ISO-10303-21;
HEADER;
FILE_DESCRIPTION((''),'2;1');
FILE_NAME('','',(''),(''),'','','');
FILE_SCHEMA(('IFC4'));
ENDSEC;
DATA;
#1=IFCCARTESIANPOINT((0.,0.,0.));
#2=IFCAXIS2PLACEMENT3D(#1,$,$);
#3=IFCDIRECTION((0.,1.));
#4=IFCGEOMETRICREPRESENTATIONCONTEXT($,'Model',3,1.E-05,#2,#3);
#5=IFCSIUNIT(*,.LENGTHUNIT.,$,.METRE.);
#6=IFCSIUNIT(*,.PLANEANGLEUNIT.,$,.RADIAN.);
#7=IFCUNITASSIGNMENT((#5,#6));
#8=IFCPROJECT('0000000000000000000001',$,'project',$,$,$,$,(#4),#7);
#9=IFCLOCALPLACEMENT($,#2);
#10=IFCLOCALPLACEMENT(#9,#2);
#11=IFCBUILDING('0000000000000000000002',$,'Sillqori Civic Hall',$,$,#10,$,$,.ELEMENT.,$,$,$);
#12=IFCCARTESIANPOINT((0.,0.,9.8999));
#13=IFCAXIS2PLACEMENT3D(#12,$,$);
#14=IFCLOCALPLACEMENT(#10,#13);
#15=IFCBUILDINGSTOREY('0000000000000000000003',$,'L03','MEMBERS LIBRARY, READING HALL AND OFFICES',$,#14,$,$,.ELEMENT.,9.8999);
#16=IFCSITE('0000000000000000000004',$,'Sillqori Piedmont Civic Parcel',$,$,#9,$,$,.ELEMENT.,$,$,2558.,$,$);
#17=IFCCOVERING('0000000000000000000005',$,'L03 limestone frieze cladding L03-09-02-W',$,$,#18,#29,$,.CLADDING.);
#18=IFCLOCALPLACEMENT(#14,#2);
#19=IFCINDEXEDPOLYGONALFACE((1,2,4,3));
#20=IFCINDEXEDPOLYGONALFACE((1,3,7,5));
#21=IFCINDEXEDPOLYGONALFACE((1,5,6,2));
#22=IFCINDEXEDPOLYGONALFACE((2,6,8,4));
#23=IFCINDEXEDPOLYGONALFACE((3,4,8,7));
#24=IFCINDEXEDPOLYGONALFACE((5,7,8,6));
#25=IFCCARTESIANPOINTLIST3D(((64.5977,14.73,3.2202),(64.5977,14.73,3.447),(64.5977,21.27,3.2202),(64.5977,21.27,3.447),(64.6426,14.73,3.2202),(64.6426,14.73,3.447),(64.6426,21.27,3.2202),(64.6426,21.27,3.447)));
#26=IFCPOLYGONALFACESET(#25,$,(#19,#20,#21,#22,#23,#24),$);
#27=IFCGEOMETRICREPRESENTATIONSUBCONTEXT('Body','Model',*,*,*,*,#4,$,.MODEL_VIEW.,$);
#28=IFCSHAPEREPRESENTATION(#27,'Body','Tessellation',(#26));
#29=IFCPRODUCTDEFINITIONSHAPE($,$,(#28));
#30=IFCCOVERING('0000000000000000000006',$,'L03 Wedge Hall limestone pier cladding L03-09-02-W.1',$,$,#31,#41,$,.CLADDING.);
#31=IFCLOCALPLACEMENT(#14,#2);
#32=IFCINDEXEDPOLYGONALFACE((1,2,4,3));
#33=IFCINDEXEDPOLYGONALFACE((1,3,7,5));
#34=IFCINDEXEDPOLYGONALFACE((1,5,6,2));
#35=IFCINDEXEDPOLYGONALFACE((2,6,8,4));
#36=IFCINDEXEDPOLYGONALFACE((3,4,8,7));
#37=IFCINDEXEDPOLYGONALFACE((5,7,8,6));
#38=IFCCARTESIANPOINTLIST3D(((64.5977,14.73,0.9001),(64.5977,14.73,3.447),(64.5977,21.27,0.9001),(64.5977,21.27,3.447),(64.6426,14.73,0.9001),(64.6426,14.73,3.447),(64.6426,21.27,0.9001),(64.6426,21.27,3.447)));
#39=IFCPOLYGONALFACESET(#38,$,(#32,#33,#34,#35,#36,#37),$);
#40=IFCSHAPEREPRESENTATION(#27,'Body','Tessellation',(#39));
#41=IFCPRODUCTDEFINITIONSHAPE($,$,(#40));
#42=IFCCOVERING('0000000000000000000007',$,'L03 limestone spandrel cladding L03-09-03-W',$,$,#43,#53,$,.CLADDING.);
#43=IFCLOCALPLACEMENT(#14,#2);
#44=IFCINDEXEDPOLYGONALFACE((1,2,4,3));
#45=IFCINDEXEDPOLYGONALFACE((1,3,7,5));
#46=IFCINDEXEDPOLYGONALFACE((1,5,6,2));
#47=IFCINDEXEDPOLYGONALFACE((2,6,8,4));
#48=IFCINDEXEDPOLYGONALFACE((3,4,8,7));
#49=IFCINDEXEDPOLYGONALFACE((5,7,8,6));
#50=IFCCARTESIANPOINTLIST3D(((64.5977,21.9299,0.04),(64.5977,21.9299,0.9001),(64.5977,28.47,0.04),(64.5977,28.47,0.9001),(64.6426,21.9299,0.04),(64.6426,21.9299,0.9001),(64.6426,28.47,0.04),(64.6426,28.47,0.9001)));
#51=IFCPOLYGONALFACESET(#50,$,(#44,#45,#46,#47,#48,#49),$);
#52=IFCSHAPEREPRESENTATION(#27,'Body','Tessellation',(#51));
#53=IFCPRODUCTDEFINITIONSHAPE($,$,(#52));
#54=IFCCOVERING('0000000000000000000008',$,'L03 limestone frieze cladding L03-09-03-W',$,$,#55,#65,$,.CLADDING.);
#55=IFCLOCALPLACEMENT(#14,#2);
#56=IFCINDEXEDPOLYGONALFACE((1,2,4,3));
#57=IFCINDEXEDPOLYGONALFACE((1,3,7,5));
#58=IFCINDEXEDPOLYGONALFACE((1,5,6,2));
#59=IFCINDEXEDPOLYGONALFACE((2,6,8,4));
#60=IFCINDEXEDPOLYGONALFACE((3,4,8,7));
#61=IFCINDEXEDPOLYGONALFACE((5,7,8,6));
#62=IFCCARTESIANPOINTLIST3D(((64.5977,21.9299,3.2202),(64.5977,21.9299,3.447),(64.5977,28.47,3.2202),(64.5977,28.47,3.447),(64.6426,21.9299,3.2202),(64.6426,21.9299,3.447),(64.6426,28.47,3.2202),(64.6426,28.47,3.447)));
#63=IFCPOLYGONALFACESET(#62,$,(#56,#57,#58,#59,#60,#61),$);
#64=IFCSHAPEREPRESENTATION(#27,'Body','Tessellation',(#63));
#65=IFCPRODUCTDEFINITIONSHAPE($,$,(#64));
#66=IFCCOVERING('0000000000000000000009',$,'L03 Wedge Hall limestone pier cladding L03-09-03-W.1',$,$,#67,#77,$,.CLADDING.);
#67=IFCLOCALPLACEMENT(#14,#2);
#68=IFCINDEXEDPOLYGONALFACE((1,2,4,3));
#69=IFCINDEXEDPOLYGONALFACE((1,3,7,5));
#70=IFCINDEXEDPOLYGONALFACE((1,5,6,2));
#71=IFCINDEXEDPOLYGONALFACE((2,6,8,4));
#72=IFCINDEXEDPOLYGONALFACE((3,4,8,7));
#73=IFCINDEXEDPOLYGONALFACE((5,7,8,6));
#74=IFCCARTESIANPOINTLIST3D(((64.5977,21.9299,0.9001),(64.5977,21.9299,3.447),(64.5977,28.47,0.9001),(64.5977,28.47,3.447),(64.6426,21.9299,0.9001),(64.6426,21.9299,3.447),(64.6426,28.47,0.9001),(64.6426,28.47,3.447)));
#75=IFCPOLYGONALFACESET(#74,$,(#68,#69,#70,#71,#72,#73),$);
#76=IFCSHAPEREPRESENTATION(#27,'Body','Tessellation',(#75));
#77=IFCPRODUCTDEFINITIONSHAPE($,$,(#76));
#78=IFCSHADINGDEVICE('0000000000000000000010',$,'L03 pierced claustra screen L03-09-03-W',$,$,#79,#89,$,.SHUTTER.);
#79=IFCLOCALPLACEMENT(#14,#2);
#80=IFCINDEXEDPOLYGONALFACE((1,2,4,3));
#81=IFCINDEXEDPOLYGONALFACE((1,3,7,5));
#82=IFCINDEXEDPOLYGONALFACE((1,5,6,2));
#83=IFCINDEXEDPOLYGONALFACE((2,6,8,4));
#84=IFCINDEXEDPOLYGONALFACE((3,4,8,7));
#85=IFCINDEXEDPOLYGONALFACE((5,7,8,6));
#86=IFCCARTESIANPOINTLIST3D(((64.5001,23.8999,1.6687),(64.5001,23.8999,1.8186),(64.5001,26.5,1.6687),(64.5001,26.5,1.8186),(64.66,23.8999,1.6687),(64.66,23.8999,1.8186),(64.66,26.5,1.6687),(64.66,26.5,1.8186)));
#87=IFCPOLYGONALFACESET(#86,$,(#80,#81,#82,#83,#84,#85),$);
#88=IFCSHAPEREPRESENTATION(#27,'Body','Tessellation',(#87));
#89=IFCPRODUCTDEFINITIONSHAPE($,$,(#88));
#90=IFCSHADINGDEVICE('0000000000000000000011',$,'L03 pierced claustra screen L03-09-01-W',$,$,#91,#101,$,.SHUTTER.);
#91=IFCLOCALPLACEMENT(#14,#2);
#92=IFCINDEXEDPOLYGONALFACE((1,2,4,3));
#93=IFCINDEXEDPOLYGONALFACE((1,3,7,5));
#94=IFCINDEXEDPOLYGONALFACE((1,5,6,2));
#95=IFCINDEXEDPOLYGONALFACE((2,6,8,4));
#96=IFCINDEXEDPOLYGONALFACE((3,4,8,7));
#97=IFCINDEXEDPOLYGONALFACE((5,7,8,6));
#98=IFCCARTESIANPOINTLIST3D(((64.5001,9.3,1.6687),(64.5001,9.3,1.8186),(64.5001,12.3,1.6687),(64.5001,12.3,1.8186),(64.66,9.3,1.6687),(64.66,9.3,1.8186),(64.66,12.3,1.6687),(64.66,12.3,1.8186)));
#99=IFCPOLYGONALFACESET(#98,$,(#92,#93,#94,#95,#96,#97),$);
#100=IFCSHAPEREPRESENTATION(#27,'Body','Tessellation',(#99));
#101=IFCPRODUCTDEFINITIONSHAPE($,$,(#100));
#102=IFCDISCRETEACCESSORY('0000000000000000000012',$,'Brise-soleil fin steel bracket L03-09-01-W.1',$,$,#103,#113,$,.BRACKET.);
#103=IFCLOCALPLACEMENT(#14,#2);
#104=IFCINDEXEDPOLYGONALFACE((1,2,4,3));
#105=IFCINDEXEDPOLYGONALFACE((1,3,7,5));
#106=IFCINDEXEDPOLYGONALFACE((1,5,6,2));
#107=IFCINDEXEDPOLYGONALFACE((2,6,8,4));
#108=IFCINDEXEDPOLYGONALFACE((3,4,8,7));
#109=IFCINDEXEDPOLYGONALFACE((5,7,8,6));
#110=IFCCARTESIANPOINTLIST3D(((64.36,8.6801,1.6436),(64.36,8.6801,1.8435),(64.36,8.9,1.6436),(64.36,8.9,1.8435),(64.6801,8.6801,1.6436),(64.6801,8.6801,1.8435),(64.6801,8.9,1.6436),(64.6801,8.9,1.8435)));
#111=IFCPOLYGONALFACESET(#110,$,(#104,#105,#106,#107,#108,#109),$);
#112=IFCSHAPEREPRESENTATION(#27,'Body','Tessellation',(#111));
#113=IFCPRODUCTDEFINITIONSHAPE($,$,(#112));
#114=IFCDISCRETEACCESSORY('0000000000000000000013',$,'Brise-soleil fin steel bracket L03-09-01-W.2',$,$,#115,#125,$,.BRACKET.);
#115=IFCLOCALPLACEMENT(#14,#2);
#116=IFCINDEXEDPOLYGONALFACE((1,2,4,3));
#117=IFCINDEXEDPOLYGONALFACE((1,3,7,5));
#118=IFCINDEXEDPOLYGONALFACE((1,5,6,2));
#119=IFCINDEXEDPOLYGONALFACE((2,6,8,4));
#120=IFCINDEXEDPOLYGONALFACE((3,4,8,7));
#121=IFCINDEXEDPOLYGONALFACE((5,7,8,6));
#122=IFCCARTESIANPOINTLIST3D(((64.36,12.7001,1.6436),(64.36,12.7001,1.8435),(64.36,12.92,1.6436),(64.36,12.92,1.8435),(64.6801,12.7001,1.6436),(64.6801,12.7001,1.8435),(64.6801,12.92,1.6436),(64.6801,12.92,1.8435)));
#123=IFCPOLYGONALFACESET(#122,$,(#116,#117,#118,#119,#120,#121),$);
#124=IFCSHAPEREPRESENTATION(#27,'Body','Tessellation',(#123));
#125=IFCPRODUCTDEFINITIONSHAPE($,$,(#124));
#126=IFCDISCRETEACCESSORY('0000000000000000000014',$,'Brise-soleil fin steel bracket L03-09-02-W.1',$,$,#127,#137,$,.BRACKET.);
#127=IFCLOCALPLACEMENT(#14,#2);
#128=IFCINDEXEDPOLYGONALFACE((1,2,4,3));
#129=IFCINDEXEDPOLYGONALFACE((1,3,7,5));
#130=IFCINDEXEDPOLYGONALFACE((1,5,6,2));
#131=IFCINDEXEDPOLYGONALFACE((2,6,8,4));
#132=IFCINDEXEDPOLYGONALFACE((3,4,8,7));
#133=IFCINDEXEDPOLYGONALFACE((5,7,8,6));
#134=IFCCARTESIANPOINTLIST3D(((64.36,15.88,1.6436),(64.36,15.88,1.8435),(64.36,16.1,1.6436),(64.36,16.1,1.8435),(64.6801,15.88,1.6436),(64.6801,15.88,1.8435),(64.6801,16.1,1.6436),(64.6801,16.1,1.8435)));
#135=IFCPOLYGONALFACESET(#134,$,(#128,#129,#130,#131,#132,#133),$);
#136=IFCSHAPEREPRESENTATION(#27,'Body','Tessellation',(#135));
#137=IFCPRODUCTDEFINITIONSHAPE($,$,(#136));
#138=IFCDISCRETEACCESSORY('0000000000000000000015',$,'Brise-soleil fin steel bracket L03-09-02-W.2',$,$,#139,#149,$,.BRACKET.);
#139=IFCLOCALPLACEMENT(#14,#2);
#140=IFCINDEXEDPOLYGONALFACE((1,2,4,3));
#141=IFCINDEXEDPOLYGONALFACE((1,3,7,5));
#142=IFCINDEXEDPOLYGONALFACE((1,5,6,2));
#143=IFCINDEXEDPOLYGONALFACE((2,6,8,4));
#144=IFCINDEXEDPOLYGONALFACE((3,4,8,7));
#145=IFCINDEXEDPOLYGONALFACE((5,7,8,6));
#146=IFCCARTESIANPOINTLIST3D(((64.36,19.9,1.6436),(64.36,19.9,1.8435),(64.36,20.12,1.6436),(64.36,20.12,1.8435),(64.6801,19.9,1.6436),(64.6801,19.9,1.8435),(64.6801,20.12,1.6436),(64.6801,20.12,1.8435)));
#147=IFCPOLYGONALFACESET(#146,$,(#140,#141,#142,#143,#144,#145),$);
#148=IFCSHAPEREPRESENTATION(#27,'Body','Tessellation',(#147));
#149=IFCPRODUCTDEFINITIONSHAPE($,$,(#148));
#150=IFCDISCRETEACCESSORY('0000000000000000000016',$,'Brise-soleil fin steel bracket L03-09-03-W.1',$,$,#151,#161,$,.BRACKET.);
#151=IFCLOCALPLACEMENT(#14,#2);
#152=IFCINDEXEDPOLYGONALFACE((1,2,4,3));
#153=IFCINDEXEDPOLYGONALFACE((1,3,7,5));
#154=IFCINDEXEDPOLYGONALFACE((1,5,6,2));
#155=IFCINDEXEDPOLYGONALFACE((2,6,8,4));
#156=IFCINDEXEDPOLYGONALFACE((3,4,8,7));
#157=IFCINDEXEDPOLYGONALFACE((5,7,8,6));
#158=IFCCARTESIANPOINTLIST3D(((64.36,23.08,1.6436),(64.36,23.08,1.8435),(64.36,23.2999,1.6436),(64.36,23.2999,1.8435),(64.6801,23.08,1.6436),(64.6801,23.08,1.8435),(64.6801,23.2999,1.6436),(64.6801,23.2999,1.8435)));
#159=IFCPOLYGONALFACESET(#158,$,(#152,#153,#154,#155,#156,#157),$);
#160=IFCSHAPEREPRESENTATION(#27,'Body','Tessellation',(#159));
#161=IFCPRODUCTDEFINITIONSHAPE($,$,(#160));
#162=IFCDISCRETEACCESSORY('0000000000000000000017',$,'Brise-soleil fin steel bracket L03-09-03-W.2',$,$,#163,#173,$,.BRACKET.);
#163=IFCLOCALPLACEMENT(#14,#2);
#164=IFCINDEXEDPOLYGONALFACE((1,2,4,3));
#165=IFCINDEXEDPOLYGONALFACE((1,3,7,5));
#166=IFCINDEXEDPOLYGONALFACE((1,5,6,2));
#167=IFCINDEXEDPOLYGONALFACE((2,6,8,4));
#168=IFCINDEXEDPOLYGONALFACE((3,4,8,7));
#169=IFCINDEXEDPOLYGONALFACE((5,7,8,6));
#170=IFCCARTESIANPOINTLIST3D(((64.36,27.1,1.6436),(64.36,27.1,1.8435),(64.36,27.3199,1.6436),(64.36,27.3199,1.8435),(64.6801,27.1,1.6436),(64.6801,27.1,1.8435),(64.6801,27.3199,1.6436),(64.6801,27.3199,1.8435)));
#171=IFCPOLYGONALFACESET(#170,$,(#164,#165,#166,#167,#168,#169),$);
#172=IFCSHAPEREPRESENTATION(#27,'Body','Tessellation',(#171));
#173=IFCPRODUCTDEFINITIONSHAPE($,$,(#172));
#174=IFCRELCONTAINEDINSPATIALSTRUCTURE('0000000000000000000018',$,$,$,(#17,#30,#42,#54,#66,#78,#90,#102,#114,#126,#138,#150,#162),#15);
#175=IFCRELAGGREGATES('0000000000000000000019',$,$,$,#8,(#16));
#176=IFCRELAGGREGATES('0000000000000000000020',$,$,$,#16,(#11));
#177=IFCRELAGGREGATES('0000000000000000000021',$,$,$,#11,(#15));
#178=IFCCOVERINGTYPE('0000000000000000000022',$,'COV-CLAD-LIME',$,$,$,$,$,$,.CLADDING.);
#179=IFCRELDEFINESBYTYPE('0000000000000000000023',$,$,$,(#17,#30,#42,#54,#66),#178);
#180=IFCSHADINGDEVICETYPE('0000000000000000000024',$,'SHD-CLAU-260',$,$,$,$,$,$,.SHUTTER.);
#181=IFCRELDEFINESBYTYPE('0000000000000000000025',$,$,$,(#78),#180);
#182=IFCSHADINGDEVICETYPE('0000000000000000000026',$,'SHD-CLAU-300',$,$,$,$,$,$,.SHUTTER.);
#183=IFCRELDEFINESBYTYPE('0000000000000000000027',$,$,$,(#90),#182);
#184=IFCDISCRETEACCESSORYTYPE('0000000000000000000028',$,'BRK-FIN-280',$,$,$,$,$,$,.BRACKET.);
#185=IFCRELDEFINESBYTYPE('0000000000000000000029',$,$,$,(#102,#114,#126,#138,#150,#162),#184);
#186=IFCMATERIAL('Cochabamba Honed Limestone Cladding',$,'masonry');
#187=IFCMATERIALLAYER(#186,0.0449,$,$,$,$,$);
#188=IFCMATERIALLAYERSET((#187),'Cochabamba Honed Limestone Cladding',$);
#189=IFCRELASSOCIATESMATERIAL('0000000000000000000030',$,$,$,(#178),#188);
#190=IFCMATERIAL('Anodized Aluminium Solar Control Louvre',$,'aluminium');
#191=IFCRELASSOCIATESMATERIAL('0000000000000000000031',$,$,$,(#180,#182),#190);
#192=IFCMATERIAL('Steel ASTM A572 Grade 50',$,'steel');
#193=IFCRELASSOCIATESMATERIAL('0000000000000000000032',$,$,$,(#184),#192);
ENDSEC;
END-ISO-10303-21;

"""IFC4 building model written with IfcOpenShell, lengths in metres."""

from ifc_helpers import new_model, si_unit, direction, frame, frame_2d, origin, origin_2d, place, context, subcontext, project, spatial, rectangle, extrude, material, layer, layer_set, type_object, element, save


model = new_model("IFC4")

# Units and contexts
model_context = context("Model", 3, precision=1e-05, world=origin(), true_north=direction((0.0, 1.0)))
body_context = subcontext(model_context, "Body", "Model", "MODEL_VIEW")
ifc_project = project(units=[si_unit("LENGTHUNIT", "METRE"), si_unit("PLANEANGLEUNIT", "RADIAN")], contexts=[model_context])

# Site, building, storey
site_placement = place(None, origin())
site = spatial("IfcSite", under=ifc_project, at=site_placement, Name="Sillqori Piedmont Civic Parcel", CompositionType="ELEMENT", RefElevation=2558.0)
building_placement = place(site_placement, origin())
building = spatial("IfcBuilding", under=site, at=building_placement, Name="Sillqori Civic Hall", CompositionType="ELEMENT")
storey_placement = place(building_placement, frame((0.0, 0.0, 9.8999)))
storey = spatial("IfcBuildingStorey", under=building, at=storey_placement, Name="L03", Description="MEMBERS LIBRARY, READING HALL AND OFFICES", CompositionType="ELEMENT", Elevation=9.8999)

# Coverings
ifc_material_1 = material(Name="Cochabamba Honed Limestone Cladding", Category="masonry")
ifc_layer_1 = layer(ifc_material_1, 0.0449)
ifc_layer_set_1 = layer_set([ifc_layer_1], Name="Cochabamba Honed Limestone Cladding")
covering_type = type_object("IfcCoveringType", Name="COV-CLAD-LIME", PredefinedType="CLADDING", material=ifc_layer_set_1)
covering_1_placement = place(storey_placement, frame((64.6201, 14.73, 3.2202), z_axis=(0.0, 0.0, 1.0), x_axis=(0.0, 1.0, 0.0)))
element("IfcCovering", 1, at=covering_1_placement, inside=storey, type_object=covering_type, Name="L03 limestone frieze cladding L03-09-02-W", PredefinedType="CLADDING", context=body_context, shape_type="SweptSolid", body=[
    extrude(rectangle(XDim=6.54, YDim=0.0449, at=frame_2d((3.27, 0.0))), origin(), (0.0, 0.0, 1.0), 0.2268),
])
covering_2_placement = place(storey_placement, frame((64.6201, 14.73, 0.9001), z_axis=(0.0, 0.0, 1.0), x_axis=(0.0, 1.0, 0.0)))
element("IfcCovering", 2, at=covering_2_placement, inside=storey, type_object=covering_type, Name="L03 Wedge Hall limestone pier cladding L03-09-02-W.1", PredefinedType="CLADDING", context=body_context, shape_type="SweptSolid", body=[
    extrude(rectangle(XDim=6.54, YDim=0.0449, at=frame_2d((3.27, 0.0))), origin(), (0.0, 0.0, 1.0), 2.5469),
])
covering_3_placement = place(storey_placement, frame((64.6201, 21.9299, 0.04), z_axis=(0.0, 0.0, 1.0), x_axis=(0.0, 1.0, 0.0)))
element("IfcCovering", 3, at=covering_3_placement, inside=storey, type_object=covering_type, Name="L03 limestone spandrel cladding L03-09-03-W", PredefinedType="CLADDING", context=body_context, shape_type="SweptSolid", body=[
    extrude(rectangle(XDim=6.54, YDim=0.0449, at=frame_2d((3.27, 0.0))), origin(), (0.0, 0.0, 1.0), 0.8601),
])
covering_4_placement = place(storey_placement, frame((64.6201, 21.9299, 3.2202), z_axis=(0.0, 0.0, 1.0), x_axis=(0.0, 1.0, 0.0)))
element("IfcCovering", 4, at=covering_4_placement, inside=storey, type_object=covering_type, Name="L03 limestone frieze cladding L03-09-03-W", PredefinedType="CLADDING", context=body_context, shape_type="SweptSolid", body=[
    extrude(rectangle(XDim=6.54, YDim=0.0449, at=frame_2d((3.27, 0.0))), origin(), (0.0, 0.0, 1.0), 0.2268),
])
covering_5_placement = place(storey_placement, frame((64.6201, 21.9299, 0.9001), z_axis=(0.0, 0.0, 1.0), x_axis=(0.0, 1.0, 0.0)))
element("IfcCovering", 5, at=covering_5_placement, inside=storey, type_object=covering_type, Name="L03 Wedge Hall limestone pier cladding L03-09-03-W.1", PredefinedType="CLADDING", context=body_context, shape_type="SweptSolid", body=[
    extrude(rectangle(XDim=6.54, YDim=0.0449, at=frame_2d((3.27, 0.0))), origin(), (0.0, 0.0, 1.0), 2.5469),
])

# Shading devices
ifc_material_2 = material(Name="Anodized Aluminium Solar Control Louvre", Category="aluminium")
shading_device_type_1 = type_object("IfcShadingDeviceType", Name="SHD-CLAU-260", PredefinedType="SHUTTER", material=ifc_material_2)
shading_device_1_placement = place(storey_placement, frame((64.5801, 25.2, 1.6687), z_axis=(0.0, 0.0, 1.0), x_axis=(0.0, 1.0, 0.0)))
element("IfcShadingDevice", 6, at=shading_device_1_placement, inside=storey, type_object=shading_device_type_1, Name="L03 pierced claustra screen L03-09-03-W", PredefinedType="SHUTTER", context=body_context, shape_type="SweptSolid", body=[
    extrude(rectangle(XDim=2.6001, YDim=0.1599, at=origin_2d()), origin(), (0.0, 0.0, 1.0), 0.1499),
])
shading_device_type_2 = type_object("IfcShadingDeviceType", Name="SHD-CLAU-300", PredefinedType="SHUTTER", material=ifc_material_2)
shading_device_2_placement = place(storey_placement, frame((64.5801, 10.8, 1.6687), z_axis=(0.0, 0.0, 1.0), x_axis=(0.0, 1.0, 0.0)))
element("IfcShadingDevice", 7, at=shading_device_2_placement, inside=storey, type_object=shading_device_type_2, Name="L03 pierced claustra screen L03-09-01-W", PredefinedType="SHUTTER", context=body_context, shape_type="SweptSolid", body=[
    extrude(rectangle(XDim=3.0, YDim=0.1599, at=origin_2d()), origin(), (0.0, 0.0, 1.0), 0.1499),
])

# Discrete accessories
ifc_material_3 = material(Name="Steel ASTM A572 Grade 50", Category="steel")
discrete_accessory_type = type_object("IfcDiscreteAccessoryType", Name="BRK-FIN-280", PredefinedType="BRACKET", material=ifc_material_3)
for number, where, z_axis, x_axis, name in (
    (8, (64.52, 8.79, 1.6436), (0.0, 0.0, 1.0), (0.0, 1.0, 0.0), "Brise-soleil fin steel bracket L03-09-01-W.1"),
    (9, (64.52, 12.8101, 1.6436), (0.0, 0.0, 1.0), (0.0, 1.0, 0.0), "Brise-soleil fin steel bracket L03-09-01-W.2"),
    (10, (64.52, 15.99, 1.6436), (0.0, 0.0, 1.0), (0.0, 1.0, 0.0), "Brise-soleil fin steel bracket L03-09-02-W.1"),
    (11, (64.52, 20.01, 1.6436), (0.0, 0.0, 1.0), (0.0, 1.0, 0.0), "Brise-soleil fin steel bracket L03-09-02-W.2"),
    (12, (64.52, 23.1899, 1.6436), (0.0, 0.0, 1.0), (0.0, 1.0, 0.0), "Brise-soleil fin steel bracket L03-09-03-W.1"),
    (13, (64.52, 27.21, 1.6436), (0.0, 0.0, 1.0), (0.0, 1.0, 0.0), "Brise-soleil fin steel bracket L03-09-03-W.2"),
):
    element("IfcDiscreteAccessory", number, at=place(storey_placement, frame(where, z_axis=z_axis, x_axis=x_axis)), inside=storey, type_object=discrete_accessory_type, Name=name, PredefinedType="BRACKET", context=body_context, shape_type="SweptSolid", body=[
        extrude(rectangle(XDim=0.22, YDim=0.3201, at=origin_2d()), origin(), (0.0, 0.0, 1.0), 0.2),
    ])

save(model, "model.ifc")
